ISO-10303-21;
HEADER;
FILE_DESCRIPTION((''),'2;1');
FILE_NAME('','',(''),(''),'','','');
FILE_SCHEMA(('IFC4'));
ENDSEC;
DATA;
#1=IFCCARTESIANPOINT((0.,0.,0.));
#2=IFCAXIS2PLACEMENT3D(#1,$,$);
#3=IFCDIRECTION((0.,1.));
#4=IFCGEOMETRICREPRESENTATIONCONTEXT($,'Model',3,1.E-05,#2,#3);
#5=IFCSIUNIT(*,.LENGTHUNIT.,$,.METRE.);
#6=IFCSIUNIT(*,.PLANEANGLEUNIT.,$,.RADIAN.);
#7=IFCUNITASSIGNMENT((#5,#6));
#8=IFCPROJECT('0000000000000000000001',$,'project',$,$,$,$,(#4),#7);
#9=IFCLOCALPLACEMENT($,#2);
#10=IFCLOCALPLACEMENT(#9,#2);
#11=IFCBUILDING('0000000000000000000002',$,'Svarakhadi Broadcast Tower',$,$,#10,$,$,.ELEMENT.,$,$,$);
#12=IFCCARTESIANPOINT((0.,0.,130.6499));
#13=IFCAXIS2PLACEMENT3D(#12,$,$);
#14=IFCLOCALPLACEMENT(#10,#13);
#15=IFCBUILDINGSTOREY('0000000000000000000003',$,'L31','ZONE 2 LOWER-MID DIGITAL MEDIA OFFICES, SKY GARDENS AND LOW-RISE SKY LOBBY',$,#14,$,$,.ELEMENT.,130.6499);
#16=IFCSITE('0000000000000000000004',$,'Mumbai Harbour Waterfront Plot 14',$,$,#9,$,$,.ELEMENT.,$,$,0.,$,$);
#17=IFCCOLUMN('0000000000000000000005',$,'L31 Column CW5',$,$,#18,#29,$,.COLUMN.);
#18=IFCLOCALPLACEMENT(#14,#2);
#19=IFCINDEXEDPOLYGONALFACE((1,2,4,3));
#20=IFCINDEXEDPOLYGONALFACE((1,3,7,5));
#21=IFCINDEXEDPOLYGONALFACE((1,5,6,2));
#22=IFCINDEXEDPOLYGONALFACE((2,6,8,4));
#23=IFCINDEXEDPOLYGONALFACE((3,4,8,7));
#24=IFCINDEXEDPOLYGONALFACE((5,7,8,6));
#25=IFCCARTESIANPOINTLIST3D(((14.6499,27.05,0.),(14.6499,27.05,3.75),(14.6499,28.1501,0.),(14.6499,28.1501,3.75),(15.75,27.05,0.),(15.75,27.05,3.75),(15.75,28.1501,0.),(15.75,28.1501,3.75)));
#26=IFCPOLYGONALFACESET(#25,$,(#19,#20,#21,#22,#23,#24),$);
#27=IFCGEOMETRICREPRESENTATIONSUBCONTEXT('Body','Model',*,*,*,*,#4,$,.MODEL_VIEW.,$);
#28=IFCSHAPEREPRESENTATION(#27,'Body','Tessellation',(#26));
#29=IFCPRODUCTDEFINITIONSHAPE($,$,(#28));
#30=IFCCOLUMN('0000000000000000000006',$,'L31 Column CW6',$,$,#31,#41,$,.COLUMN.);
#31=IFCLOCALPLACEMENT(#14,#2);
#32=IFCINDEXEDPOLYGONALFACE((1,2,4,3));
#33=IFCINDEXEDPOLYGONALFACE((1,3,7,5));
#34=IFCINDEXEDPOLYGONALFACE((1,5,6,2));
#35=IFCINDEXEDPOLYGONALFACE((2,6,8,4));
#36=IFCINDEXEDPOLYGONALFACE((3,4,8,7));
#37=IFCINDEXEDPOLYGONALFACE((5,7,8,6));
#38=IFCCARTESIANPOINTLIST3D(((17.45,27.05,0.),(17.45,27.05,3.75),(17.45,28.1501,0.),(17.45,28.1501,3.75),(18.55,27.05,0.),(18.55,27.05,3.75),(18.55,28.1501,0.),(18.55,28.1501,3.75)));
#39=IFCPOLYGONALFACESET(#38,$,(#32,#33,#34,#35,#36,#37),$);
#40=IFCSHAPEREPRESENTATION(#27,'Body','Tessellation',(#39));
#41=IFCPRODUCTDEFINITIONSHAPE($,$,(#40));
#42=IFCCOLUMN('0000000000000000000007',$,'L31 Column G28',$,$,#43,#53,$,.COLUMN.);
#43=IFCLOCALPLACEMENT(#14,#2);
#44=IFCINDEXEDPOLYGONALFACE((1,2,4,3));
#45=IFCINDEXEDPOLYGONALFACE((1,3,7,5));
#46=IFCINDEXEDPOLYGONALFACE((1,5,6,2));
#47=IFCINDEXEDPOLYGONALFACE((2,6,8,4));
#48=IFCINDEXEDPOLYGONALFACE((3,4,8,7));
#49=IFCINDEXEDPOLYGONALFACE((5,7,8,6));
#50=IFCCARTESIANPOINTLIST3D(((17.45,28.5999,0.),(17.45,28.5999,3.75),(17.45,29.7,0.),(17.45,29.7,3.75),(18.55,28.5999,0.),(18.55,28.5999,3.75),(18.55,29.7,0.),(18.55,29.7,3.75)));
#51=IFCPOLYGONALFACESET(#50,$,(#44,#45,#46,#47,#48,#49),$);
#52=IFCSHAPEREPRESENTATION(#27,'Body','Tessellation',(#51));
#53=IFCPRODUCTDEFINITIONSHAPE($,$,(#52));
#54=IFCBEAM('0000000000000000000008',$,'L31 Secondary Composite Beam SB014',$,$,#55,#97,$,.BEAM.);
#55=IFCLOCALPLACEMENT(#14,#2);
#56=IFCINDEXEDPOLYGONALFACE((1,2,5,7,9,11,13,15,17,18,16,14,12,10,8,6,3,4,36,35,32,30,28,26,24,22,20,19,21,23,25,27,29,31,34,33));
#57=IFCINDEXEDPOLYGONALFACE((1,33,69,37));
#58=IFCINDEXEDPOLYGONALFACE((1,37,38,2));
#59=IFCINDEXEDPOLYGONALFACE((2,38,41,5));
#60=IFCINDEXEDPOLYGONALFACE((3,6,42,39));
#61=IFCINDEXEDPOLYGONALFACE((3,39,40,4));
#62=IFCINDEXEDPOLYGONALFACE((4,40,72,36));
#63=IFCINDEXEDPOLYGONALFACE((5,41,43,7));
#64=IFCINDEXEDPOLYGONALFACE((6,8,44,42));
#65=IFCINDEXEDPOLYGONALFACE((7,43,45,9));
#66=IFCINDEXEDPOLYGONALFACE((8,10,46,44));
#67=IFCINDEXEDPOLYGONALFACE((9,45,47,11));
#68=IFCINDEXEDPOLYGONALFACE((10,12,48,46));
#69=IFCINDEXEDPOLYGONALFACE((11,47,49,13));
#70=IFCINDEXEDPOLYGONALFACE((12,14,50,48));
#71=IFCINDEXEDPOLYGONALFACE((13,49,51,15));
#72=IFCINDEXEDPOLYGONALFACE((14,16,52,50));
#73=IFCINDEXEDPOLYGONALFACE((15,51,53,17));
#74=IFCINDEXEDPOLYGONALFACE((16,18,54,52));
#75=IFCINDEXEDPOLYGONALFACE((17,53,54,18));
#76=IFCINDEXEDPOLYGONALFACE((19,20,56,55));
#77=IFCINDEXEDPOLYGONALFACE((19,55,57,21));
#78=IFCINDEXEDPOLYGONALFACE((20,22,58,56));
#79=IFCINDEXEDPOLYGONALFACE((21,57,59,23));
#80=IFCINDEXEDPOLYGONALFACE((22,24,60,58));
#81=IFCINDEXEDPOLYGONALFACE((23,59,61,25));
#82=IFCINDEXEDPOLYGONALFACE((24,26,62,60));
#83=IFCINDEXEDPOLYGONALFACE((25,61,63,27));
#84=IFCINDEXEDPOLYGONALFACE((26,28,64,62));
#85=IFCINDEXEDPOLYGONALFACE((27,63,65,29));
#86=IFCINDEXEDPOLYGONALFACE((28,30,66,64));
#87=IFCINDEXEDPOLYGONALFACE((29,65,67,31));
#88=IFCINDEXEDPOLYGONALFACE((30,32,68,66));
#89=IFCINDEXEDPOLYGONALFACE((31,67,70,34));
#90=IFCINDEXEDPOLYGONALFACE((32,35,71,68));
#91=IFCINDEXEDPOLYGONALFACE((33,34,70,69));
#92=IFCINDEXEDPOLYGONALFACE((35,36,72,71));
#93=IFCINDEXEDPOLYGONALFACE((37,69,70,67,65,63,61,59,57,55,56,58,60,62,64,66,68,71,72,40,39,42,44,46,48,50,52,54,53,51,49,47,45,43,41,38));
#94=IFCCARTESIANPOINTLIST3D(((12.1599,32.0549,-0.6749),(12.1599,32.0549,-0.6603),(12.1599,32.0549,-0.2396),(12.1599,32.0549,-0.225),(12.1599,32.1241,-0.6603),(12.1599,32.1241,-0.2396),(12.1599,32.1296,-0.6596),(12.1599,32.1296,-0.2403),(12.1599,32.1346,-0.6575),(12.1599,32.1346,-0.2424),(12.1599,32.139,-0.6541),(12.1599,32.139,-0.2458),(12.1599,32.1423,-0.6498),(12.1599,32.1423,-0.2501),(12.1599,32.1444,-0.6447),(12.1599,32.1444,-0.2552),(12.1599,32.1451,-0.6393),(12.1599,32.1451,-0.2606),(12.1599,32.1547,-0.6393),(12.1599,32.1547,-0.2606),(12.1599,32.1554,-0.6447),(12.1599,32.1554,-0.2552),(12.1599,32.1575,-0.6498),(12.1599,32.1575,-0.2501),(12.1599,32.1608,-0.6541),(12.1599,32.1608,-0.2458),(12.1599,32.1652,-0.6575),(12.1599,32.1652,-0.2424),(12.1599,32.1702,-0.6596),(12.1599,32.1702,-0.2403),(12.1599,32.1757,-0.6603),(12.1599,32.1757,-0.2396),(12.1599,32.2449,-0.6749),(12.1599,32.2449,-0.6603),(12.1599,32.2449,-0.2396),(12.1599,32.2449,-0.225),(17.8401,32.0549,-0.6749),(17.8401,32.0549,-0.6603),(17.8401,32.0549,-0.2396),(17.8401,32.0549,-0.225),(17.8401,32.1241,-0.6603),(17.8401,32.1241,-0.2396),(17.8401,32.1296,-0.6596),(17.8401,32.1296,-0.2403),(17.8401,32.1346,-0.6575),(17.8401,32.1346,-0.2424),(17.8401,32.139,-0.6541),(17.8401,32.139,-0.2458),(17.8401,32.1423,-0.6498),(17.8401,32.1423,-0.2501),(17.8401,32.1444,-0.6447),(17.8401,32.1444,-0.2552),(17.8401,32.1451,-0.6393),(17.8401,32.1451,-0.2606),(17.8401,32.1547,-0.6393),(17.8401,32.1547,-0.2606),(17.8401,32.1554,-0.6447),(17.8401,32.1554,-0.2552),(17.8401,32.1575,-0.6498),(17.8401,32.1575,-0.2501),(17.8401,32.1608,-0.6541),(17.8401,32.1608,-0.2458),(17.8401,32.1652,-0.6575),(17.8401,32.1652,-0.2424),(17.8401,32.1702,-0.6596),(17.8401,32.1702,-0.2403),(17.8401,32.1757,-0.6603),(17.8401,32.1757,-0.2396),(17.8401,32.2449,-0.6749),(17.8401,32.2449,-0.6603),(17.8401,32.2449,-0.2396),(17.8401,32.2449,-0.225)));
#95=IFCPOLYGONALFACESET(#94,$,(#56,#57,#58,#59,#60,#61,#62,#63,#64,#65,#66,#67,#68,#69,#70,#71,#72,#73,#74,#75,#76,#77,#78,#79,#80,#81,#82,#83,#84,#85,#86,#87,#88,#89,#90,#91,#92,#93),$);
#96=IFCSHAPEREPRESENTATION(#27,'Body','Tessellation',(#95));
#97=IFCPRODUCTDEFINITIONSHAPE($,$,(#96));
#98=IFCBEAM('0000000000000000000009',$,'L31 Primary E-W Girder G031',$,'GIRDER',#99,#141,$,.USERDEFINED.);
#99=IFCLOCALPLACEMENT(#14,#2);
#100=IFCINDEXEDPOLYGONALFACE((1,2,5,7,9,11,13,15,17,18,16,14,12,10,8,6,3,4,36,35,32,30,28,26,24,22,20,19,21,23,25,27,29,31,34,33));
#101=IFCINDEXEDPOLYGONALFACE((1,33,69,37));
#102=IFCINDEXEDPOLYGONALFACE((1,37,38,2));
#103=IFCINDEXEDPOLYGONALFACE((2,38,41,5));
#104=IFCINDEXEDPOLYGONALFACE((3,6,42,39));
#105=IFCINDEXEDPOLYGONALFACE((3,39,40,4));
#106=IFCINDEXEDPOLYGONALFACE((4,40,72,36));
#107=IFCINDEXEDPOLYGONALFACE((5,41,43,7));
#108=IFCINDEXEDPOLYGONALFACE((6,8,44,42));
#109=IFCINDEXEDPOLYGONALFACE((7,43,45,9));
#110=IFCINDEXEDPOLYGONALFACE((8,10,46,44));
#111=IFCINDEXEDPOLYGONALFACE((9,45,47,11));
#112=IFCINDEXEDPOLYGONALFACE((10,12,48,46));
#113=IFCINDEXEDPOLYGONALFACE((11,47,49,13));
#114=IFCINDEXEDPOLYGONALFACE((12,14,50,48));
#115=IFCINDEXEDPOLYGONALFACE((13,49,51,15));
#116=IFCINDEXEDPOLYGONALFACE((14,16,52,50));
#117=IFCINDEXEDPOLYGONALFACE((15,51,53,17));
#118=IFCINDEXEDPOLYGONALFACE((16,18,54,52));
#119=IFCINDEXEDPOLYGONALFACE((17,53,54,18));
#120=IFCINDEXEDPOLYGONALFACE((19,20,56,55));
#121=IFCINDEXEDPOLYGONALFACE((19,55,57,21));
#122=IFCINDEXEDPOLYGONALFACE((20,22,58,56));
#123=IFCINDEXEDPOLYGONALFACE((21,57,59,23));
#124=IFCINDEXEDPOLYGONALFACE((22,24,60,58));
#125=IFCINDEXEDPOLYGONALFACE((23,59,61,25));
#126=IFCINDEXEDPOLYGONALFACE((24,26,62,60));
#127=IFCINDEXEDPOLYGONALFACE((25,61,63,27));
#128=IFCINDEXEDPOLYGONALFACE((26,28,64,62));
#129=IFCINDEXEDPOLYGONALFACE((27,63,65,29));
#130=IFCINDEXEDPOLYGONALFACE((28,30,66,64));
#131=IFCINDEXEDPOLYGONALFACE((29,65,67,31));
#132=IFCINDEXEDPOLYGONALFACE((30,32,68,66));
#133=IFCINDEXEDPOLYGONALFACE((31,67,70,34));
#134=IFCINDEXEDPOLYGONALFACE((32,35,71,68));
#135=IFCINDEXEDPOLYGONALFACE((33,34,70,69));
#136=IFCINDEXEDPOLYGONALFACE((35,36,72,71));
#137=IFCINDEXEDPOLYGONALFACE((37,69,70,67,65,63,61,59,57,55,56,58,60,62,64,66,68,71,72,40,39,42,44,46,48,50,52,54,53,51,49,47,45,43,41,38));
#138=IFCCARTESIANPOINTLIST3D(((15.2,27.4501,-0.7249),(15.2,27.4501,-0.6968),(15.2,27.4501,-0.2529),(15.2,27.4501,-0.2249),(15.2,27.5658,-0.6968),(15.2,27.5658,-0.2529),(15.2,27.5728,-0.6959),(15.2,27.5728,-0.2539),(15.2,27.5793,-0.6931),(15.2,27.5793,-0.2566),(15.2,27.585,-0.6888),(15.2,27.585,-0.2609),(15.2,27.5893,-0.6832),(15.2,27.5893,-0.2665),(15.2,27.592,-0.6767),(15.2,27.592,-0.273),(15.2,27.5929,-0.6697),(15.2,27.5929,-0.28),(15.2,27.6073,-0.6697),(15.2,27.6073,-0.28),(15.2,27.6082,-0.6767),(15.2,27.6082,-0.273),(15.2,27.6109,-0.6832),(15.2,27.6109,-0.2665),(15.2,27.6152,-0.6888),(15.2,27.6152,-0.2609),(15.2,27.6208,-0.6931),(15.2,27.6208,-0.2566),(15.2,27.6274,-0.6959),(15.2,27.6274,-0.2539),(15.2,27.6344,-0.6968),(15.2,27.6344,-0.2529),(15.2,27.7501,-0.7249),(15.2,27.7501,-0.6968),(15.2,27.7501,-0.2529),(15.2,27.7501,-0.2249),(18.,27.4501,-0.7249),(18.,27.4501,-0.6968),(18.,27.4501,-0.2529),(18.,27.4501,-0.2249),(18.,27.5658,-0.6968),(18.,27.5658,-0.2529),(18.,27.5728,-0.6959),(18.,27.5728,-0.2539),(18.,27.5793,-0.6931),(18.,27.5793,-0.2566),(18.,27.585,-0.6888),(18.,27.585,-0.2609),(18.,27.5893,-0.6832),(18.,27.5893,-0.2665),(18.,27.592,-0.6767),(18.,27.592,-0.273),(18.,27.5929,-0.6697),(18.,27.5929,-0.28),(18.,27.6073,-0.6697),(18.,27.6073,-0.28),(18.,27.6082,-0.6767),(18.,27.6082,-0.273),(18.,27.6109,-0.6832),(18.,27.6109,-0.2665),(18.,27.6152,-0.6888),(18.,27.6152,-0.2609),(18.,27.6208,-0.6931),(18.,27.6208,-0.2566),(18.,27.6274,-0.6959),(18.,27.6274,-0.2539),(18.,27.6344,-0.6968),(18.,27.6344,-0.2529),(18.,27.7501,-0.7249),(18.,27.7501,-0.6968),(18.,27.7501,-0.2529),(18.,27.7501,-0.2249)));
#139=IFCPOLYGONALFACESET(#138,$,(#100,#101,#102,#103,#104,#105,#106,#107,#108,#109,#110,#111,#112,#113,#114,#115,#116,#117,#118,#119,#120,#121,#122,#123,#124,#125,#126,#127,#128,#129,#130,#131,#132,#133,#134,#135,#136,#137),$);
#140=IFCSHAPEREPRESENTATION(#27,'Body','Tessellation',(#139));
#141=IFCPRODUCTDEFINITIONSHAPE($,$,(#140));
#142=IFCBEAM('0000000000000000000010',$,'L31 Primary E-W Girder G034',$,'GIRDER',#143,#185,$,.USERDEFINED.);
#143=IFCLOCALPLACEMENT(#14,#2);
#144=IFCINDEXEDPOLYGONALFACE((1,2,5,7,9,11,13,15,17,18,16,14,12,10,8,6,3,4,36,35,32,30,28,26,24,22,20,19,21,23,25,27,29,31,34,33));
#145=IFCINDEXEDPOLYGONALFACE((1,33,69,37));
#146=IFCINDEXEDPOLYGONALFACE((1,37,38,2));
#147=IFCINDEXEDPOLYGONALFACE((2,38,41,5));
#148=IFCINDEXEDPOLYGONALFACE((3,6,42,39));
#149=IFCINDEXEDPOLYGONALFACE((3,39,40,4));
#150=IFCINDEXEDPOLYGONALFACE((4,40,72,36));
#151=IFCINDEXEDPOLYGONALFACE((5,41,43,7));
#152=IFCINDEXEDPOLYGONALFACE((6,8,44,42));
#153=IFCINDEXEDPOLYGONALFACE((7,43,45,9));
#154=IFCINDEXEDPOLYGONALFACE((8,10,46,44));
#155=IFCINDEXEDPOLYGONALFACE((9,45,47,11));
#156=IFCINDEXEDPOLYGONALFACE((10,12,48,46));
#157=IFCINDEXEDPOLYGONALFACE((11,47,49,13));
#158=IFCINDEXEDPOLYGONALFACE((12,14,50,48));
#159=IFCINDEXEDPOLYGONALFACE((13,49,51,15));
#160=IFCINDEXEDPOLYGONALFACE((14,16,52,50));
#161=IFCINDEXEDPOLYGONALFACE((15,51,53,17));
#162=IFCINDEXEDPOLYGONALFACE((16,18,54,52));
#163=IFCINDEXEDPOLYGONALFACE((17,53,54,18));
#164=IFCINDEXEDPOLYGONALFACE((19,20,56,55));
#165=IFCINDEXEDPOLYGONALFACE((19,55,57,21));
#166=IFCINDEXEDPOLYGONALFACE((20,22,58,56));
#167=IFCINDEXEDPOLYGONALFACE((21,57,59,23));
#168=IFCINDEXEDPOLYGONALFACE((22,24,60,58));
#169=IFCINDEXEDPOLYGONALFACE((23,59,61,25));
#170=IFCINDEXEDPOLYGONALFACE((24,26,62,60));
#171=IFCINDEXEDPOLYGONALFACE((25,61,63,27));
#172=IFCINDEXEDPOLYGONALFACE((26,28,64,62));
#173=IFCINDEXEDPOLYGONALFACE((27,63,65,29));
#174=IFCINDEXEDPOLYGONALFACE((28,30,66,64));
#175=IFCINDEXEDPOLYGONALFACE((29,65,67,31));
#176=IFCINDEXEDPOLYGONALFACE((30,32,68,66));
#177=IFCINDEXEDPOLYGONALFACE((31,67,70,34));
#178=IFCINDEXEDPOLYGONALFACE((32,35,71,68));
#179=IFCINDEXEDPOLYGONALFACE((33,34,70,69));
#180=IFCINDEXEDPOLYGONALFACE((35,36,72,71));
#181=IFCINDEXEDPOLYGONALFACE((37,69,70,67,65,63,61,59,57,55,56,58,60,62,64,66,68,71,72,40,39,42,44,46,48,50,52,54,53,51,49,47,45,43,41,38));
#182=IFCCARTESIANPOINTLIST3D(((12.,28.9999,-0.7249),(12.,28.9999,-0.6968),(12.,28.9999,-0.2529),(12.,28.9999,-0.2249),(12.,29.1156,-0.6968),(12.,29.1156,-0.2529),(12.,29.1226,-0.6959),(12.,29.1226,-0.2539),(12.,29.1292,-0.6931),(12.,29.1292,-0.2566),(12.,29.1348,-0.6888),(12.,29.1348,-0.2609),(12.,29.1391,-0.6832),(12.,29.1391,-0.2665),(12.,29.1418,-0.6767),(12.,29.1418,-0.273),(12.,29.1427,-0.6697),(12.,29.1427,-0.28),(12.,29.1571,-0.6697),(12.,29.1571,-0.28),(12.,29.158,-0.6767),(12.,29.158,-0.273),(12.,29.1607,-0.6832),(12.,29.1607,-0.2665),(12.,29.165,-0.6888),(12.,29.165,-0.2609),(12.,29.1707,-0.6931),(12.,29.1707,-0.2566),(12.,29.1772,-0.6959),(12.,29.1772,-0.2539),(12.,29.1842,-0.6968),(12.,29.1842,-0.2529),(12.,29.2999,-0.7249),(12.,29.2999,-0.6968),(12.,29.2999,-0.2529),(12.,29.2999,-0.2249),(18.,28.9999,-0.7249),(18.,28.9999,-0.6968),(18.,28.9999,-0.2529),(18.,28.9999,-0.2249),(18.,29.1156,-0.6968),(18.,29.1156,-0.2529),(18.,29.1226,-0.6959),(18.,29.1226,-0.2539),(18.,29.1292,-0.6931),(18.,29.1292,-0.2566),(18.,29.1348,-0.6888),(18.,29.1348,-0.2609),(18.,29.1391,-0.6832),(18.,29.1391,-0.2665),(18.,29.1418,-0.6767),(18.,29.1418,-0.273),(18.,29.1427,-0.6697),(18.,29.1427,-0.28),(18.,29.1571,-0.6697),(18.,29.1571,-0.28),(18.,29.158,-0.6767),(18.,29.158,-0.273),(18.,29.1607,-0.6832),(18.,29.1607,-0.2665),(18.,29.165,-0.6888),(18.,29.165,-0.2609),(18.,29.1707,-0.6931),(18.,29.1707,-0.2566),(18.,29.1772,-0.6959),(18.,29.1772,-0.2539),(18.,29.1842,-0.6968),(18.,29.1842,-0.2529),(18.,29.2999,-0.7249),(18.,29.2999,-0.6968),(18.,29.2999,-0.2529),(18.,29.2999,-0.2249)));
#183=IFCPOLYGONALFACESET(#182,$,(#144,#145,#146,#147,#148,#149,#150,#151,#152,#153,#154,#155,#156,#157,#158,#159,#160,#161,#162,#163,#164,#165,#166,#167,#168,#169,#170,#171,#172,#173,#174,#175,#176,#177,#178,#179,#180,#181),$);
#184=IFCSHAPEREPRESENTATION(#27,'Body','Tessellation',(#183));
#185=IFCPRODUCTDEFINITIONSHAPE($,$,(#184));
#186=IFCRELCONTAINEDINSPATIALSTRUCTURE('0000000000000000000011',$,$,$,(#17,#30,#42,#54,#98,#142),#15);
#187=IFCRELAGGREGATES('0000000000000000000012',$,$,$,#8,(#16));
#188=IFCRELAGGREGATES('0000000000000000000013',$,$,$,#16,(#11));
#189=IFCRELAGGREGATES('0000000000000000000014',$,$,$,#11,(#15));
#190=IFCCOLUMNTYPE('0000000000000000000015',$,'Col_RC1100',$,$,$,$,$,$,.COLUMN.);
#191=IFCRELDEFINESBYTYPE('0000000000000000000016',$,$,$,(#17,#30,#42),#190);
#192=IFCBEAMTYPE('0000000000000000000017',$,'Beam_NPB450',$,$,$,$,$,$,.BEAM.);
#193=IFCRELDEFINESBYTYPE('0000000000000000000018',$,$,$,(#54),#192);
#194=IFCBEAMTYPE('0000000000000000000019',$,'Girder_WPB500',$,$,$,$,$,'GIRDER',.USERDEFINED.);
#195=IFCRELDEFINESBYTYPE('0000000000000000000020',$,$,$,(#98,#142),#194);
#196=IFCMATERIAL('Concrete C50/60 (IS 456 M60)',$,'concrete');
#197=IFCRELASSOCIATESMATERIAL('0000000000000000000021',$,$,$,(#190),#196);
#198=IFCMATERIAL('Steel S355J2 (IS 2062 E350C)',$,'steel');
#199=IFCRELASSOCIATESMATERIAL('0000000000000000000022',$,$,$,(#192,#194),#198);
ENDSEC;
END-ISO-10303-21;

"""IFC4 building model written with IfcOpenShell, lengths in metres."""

from ifc_helpers import new_model, si_unit, direction, frame, origin, origin_2d, place, context, subcontext, project, spatial, rectangle, i_section, extrude, material, material_profile, profile_set, type_object, element, save


model = new_model("IFC4")

# Units and contexts
model_context = context("Model", 3, precision=1e-05, world=origin(), true_north=direction((0.0, 1.0)))
body_context = subcontext(model_context, "Body", "Model", "MODEL_VIEW")
ifc_project = project(units=[si_unit("LENGTHUNIT", "METRE"), si_unit("PLANEANGLEUNIT", "RADIAN")], contexts=[model_context])

# Site, building, storey
site_placement = place(None, origin())
site = spatial("IfcSite", under=ifc_project, at=site_placement, Name="Mumbai Harbour Waterfront Plot 14", CompositionType="ELEMENT", RefElevation=0.0)
building_placement = place(site_placement, origin())
building = spatial("IfcBuilding", under=site, at=building_placement, Name="Svarakhadi Broadcast Tower", CompositionType="ELEMENT")
storey_placement = place(building_placement, frame((0.0, 0.0, 130.6499)))
storey = spatial("IfcBuildingStorey", under=building, at=storey_placement, Name="L31", Description="ZONE 2 LOWER-MID DIGITAL MEDIA OFFICES, SKY GARDENS AND LOW-RISE SKY LOBBY", CompositionType="ELEMENT", Elevation=130.6499)

# Columns
ifc_material_1 = material(Name="Concrete C50/60 (IS 456 M60)", Category="concrete")
ifc_material_profile_1 = material_profile(ifc_material_1, rectangle(XDim=1.1001, YDim=1.1001, at=origin_2d()), Name="RC 1100x1100")
ifc_profile_set_1 = profile_set([ifc_material_profile_1], Name="Concrete C50/60 (IS 456 M60)")
column_type = type_object("IfcColumnType", Name="Col_RC1100", PredefinedType="COLUMN", material=ifc_profile_set_1)
for number, where, z_axis, x_axis, name in (
    (1, (15.2, 27.6001, 0.0), (0.0, 0.0, 1.0), (1.0, 0.0, 0.0), "L31 Column CW5"),
    (2, (18.0, 27.6001, 0.0), (0.0, 0.0, 1.0), (1.0, 0.0, 0.0), "L31 Column CW6"),
    (3, (18.0, 29.1499, 0.0), (0.0, 0.0, 1.0), (1.0, 0.0, 0.0), "L31 Column G28"),
):
    element("IfcColumn", number, at=place(storey_placement, frame(where, z_axis=z_axis, x_axis=x_axis)), inside=storey, type_object=column_type, Name=name, PredefinedType="COLUMN", context=body_context, shape_type="SweptSolid", body=[
        extrude(rectangle(XDim=1.1001, YDim=1.1001, at=origin_2d()), origin(), (0.0, 0.0, 1.0), 3.75),
    ])

# Beams
ifc_material_2 = material(Name="Steel S355J2 (IS 2062 E350C)", Category="steel")
ifc_material_profile_2 = material_profile(ifc_material_2, i_section(OverallWidth=0.1899, OverallDepth=0.45, WebThickness=0.0095, FlangeThickness=0.0146, FilletRadius=0.021, at=origin_2d()), Name="NPB 450x190x78")
ifc_profile_set_2 = profile_set([ifc_material_profile_2], Name="Steel S355J2 (IS 2062 E350C)")
beam_type_1 = type_object("IfcBeamType", Name="Beam_NPB450", PredefinedType="BEAM", material=ifc_profile_set_2)
beam_1_placement = place(storey_placement, frame((12.1599, 32.1499, -0.45), z_axis=(1.0, 0.0, 0.0), x_axis=(0.0, 1.0, 0.0)))
element("IfcBeam", 4, at=beam_1_placement, inside=storey, type_object=beam_type_1, Name="L31 Secondary Composite Beam SB014", PredefinedType="BEAM", context=body_context, shape_type="SweptSolid", body=[
    extrude(i_section(OverallWidth=0.1899, OverallDepth=0.45, WebThickness=0.0095, FlangeThickness=0.0146, FilletRadius=0.021, at=origin_2d()), origin(), (0.0, 0.0, 1.0), 5.6802),
])
ifc_material_profile_3 = material_profile(ifc_material_2, i_section(OverallWidth=0.3, OverallDepth=0.5, WebThickness=0.0144, FlangeThickness=0.0281, FilletRadius=0.0271, at=origin_2d()), Name="WPB 500x300x187")
ifc_profile_set_3 = profile_set([ifc_material_profile_3], Name="Steel S355J2 (IS 2062 E350C)")
beam_type_2 = type_object("IfcBeamType", Name="Girder_WPB500", ElementType="GIRDER", PredefinedType="USERDEFINED", material=ifc_profile_set_3)
beam_2_placement = place(storey_placement, frame((15.2, 27.6001, -0.4749), z_axis=(1.0, 0.0, 0.0), x_axis=(0.0, 1.0, 0.0)))
element("IfcBeam", 5, at=beam_2_placement, inside=storey, type_object=beam_type_2, Name="L31 Primary E-W Girder G031", ObjectType="GIRDER", PredefinedType="USERDEFINED", context=body_context, shape_type="SweptSolid", body=[
    extrude(i_section(OverallWidth=0.3, OverallDepth=0.5, WebThickness=0.0144, FlangeThickness=0.0281, FilletRadius=0.0271, at=origin_2d()), origin(), (0.0, 0.0, 1.0), 2.8),
])
for number, where, z_axis, x_axis, name in (
    (6, (12.0, 29.1499, -0.4749), (1.0, 0.0, 0.0), (0.0, 1.0, 0.0), "L31 Primary E-W Girder G034"),
):
    element("IfcBeam", number, at=place(storey_placement, frame(where, z_axis=z_axis, x_axis=x_axis)), inside=storey, type_object=beam_type_2, Name=name, ObjectType="GIRDER", PredefinedType="USERDEFINED", context=body_context, shape_type="SweptSolid", body=[
        extrude(i_section(OverallWidth=0.3, OverallDepth=0.5, WebThickness=0.0144, FlangeThickness=0.0281, FilletRadius=0.0271, at=origin_2d()), origin(), (0.0, 0.0, 1.0), 6.0),
    ])

save(model, "model.ifc")
